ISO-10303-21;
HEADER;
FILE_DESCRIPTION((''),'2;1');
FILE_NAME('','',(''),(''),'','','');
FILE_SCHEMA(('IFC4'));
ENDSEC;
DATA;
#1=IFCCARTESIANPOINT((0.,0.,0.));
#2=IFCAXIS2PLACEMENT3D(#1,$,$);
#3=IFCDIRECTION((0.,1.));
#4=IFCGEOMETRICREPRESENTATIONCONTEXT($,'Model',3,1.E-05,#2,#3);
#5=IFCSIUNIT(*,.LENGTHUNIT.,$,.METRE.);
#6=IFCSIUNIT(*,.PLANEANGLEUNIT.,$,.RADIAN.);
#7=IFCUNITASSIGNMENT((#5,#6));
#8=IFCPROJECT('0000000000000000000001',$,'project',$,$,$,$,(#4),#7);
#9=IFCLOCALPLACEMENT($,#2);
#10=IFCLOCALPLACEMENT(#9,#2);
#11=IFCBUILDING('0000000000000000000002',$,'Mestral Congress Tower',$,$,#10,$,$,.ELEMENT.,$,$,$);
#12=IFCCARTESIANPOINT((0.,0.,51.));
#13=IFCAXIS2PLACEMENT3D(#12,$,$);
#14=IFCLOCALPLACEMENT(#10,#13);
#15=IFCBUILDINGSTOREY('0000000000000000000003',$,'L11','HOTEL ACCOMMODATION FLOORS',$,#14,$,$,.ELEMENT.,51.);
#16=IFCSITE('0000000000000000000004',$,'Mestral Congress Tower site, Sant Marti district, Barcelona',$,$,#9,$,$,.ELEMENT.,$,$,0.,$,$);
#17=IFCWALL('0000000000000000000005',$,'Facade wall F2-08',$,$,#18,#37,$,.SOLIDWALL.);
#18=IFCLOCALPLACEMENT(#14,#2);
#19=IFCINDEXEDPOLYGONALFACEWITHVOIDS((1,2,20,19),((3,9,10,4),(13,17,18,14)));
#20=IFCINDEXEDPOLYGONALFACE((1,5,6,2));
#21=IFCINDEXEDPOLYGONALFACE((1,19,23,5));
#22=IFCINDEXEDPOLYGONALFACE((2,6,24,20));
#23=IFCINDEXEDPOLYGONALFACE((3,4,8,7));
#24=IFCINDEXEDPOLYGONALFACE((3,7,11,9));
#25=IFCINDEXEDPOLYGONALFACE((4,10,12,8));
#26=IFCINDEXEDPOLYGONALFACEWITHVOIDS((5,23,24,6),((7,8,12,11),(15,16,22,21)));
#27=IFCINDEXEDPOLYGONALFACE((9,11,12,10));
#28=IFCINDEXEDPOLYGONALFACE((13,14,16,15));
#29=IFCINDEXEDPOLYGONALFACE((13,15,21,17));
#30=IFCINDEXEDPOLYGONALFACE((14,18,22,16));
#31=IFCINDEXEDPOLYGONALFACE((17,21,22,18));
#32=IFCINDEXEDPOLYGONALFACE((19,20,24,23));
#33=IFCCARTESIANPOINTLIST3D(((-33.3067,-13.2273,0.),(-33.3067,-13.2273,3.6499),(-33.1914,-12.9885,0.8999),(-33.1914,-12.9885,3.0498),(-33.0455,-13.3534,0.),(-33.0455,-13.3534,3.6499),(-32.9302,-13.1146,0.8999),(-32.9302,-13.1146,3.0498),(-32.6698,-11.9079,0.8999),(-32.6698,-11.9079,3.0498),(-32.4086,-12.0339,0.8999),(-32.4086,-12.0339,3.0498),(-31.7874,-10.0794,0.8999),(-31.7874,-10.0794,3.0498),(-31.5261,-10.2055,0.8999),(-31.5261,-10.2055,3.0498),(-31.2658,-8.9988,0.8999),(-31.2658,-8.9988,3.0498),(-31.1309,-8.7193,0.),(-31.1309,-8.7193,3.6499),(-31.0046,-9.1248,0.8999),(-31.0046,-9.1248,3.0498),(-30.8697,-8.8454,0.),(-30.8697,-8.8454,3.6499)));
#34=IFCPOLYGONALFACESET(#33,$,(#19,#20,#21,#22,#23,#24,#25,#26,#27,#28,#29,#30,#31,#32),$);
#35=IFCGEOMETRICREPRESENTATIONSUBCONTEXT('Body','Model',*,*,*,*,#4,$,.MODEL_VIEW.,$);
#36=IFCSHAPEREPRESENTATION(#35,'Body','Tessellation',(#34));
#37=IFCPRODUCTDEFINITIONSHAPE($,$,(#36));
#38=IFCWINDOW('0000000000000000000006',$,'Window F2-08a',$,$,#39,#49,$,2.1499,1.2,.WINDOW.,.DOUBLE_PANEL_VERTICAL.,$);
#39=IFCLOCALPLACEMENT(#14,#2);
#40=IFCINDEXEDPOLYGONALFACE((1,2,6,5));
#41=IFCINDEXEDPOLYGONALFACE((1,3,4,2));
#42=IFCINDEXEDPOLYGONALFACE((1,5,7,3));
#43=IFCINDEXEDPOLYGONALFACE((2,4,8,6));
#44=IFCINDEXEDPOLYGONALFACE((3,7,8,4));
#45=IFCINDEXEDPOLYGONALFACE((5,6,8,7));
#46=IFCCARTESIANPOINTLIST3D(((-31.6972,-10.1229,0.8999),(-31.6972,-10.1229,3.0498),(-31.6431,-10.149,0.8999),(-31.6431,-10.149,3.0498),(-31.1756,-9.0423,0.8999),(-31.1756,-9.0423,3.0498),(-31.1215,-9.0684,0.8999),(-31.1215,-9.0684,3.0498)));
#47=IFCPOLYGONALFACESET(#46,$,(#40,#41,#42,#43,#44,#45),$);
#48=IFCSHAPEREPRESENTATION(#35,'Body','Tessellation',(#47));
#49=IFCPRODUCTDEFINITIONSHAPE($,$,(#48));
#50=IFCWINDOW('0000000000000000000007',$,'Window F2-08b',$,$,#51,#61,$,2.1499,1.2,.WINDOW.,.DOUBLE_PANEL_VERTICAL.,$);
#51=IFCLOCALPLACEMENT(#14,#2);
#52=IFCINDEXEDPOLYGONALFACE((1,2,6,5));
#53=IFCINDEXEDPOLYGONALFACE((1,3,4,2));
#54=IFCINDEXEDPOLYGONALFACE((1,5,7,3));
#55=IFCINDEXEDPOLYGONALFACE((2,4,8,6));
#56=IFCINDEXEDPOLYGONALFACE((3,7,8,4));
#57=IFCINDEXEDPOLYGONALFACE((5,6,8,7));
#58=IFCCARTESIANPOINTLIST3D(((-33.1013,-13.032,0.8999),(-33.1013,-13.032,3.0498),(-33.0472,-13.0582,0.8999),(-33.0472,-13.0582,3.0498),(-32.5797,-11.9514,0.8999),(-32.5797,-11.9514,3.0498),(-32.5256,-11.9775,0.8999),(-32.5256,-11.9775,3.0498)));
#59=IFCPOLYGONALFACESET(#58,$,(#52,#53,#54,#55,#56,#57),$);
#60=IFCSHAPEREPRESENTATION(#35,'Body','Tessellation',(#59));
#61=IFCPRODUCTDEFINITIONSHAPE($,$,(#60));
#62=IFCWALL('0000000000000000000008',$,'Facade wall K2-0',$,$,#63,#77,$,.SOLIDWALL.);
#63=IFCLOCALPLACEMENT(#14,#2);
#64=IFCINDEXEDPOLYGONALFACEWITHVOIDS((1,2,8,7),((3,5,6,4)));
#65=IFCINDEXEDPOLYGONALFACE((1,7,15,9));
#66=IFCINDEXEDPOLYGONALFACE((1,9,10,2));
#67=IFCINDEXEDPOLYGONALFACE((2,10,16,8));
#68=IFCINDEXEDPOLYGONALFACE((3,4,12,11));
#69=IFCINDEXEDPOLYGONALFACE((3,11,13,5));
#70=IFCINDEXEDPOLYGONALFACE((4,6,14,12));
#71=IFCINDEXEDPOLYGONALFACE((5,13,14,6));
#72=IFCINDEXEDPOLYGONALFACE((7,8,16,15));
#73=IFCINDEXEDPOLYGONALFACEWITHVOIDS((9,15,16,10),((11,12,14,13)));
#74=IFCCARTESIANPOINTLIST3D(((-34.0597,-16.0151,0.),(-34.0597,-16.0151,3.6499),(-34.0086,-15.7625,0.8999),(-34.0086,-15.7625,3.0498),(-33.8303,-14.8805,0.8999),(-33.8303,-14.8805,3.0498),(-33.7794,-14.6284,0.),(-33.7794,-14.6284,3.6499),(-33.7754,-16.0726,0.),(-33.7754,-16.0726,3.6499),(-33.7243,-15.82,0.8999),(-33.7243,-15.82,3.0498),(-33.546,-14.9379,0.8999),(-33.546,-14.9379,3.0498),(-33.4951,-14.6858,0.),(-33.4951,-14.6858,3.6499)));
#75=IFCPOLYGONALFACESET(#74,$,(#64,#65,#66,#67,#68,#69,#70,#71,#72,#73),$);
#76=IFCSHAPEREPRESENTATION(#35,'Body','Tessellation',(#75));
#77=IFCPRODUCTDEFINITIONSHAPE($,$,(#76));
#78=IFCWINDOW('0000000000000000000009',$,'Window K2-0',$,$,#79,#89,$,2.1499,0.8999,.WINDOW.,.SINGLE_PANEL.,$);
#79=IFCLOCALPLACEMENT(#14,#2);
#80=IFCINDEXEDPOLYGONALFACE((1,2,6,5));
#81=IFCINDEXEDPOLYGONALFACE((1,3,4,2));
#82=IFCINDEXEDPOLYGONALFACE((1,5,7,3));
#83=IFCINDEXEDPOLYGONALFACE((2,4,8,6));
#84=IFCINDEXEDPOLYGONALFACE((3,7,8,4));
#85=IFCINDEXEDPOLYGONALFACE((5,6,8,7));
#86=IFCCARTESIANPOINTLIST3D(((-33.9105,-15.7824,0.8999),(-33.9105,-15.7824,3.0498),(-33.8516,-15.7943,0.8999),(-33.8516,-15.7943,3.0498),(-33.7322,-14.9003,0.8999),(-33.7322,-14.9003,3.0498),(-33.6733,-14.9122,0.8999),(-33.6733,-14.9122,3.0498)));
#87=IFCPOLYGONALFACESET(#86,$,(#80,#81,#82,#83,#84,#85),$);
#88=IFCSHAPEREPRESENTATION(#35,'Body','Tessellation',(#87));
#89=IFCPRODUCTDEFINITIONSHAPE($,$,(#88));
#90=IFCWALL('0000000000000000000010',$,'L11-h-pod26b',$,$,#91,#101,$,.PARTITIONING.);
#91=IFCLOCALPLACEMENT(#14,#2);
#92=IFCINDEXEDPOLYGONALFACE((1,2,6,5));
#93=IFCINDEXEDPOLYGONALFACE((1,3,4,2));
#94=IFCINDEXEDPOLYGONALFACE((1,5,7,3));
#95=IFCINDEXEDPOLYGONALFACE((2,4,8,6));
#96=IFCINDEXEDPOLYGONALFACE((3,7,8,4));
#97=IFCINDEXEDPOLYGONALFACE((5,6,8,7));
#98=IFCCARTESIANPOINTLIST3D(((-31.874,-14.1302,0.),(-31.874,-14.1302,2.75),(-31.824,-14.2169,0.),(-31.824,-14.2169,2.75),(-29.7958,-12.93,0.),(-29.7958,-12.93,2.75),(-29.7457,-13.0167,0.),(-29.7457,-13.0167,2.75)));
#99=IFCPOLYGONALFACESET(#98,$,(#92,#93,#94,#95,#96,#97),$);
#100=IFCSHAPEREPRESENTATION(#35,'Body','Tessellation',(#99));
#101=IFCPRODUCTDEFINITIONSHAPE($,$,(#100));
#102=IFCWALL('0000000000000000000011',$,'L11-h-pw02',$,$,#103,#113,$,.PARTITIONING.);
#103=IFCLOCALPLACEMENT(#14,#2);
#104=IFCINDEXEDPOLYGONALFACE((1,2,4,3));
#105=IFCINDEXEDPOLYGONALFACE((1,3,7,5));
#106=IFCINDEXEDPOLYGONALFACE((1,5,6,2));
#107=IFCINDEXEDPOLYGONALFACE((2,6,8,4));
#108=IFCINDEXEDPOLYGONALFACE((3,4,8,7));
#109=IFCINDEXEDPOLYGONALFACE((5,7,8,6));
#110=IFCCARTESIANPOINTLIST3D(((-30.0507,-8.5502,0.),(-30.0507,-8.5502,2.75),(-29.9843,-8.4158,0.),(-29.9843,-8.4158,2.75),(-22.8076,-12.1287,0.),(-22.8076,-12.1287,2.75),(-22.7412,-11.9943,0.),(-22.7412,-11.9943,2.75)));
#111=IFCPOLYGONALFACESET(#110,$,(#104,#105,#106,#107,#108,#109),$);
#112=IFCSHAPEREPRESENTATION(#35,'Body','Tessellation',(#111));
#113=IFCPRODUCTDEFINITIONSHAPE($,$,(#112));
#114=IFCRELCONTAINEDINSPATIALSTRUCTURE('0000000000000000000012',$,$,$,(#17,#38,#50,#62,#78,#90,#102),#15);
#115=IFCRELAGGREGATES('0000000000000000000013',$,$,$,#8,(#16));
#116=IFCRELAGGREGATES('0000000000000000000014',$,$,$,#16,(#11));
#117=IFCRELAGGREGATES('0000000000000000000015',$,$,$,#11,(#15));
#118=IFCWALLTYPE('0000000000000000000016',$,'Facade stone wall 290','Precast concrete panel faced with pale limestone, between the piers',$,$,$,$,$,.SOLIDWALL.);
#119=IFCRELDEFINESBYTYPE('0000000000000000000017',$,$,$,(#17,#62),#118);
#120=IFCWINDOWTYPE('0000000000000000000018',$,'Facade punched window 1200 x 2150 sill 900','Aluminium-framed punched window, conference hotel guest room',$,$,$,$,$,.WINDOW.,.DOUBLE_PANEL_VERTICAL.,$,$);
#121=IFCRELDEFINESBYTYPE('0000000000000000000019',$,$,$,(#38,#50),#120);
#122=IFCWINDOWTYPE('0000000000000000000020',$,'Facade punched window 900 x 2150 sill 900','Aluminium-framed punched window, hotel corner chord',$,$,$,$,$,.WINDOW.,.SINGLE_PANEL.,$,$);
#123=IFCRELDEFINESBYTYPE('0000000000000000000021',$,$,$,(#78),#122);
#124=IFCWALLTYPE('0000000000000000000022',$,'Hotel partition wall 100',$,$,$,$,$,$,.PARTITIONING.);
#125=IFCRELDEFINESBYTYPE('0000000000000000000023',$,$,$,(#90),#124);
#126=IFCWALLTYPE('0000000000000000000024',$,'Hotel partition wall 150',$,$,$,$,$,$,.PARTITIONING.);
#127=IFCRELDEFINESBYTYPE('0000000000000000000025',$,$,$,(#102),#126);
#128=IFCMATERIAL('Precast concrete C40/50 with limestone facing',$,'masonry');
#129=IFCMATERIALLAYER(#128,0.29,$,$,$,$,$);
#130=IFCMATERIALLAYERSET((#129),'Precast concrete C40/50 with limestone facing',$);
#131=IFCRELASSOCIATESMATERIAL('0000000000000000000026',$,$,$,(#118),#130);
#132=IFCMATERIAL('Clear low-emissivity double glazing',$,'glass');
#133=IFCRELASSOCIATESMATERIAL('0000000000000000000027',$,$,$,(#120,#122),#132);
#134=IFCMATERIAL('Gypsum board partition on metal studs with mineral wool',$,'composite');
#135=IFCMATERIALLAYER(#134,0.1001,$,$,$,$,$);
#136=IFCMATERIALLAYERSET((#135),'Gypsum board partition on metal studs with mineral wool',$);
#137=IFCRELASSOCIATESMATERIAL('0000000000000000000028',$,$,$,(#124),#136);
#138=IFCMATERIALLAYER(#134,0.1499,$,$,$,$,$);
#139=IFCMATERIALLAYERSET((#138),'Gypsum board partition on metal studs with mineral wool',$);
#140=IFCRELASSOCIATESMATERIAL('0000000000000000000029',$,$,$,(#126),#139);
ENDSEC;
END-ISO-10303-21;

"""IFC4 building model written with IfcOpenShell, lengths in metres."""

from ifc_helpers import new_model, si_unit, direction, frame, frame_2d, origin, place, context, subcontext, project, spatial, rectangle, extrude, material, layer, layer_set, type_object, element, fill, save


model = new_model("IFC4")

# Units and contexts
model_context = context("Model", 3, precision=1e-05, world=origin(), true_north=direction((0.0, 1.0)))
body_context = subcontext(model_context, "Body", "Model", "MODEL_VIEW")
ifc_project = project(units=[si_unit("LENGTHUNIT", "METRE"), si_unit("PLANEANGLEUNIT", "RADIAN")], contexts=[model_context])

# Site, building, storey
site_placement = place(None, origin())
site = spatial("IfcSite", under=ifc_project, at=site_placement, Name="Mestral Congress Tower site, Sant Marti district, Barcelona", CompositionType="ELEMENT", RefElevation=0.0)
building_placement = place(site_placement, origin())
building = spatial("IfcBuilding", under=site, at=building_placement, Name="Mestral Congress Tower", CompositionType="ELEMENT")
storey_placement = place(building_placement, frame((0.0, 0.0, 51.0)))
storey = spatial("IfcBuildingStorey", under=building, at=storey_placement, Name="L11", Description="HOTEL ACCOMMODATION FLOORS", CompositionType="ELEMENT", Elevation=51.0)

# Wall, openings, windows
ifc_material_1 = material(Name="Precast concrete C40/50 with limestone facing", Category="masonry")
ifc_layer_1 = layer(ifc_material_1, 0.29)
ifc_layer_set_1 = layer_set([ifc_layer_1], Name="Precast concrete C40/50 with limestone facing")
wall_type_1 = type_object("IfcWallType", Name="Facade stone wall 290", Description="Precast concrete panel faced with pale limestone, between the piers", PredefinedType="SOLIDWALL", material=ifc_layer_set_1)
wall_1_placement = place(storey_placement, frame((-31.0002, -8.7822, 0.0), z_axis=(0.0, 0.0, 1.0), x_axis=(-0.434664, -0.900592, 0.0)))
wall_1 = element("IfcWall", 1, at=wall_1_placement, inside=storey, type_object=wall_type_1, Name="Facade wall F2-08", PredefinedType="SOLIDWALL", context=body_context, shape_type="SweptSolid", body=[
    extrude(rectangle(XDim=5.0056, YDim=0.29, at=frame_2d((2.5029, 0.0))), origin(), (0.0, 0.0, 1.0), 3.6499),
])
opening_1_placement = place(wall_1_placement, frame((0.3103, 0.0, 0.8999)))
opening_1 = element("IfcOpeningElement", 2, at=opening_1_placement, cuts=wall_1, PredefinedType="OPENING", context=body_context, shape_type="SweptSolid", body=[
    extrude(rectangle(XDim=1.2, YDim=2.1499, at=frame_2d((0.6001, 1.075))), frame((0.0, 0.155, 0.0), z_axis=(0.0, -1.0, 0.0), x_axis=(1.0, 0.0, 0.0)), (0.0, 0.0, 1.0), 0.3101),
])
opening_2_placement = place(wall_1_placement, frame((3.5405, 0.0, 0.8999)))
opening_2 = element("IfcOpeningElement", 3, at=opening_2_placement, cuts=wall_1, PredefinedType="OPENING", context=body_context, shape_type="SweptSolid", body=[
    extrude(rectangle(XDim=1.2, YDim=2.1499, at=frame_2d((0.6001, 1.075))), frame((0.0, 0.155, 0.0), z_axis=(0.0, -1.0, 0.0), x_axis=(1.0, 0.0, 0.0)), (0.0, 0.0, 1.0), 0.3101),
])
ifc_material_2 = material(Name="Clear low-emissivity double glazing", Category="glass")
window_type_1 = type_object("IfcWindowType", Name="Facade punched window 1200 x 2150 sill 900", Description="Aluminium-framed punched window, conference hotel guest room", PartitioningType="DOUBLE_PANEL_VERTICAL", PredefinedType="WINDOW", material=ifc_material_2)
window_1_placement = place(opening_1_placement, origin())
window_1 = element("IfcWindow", 4, at=window_1_placement, inside=storey, type_object=window_type_1, Name="Window F2-08a", OverallHeight=2.1499, OverallWidth=1.2, PartitioningType="DOUBLE_PANEL_VERTICAL", PredefinedType="WINDOW", context=body_context, shape_type="SweptSolid", body=[
    extrude(rectangle(XDim=1.2, YDim=2.1499, at=frame_2d((0.6001, 1.075))), frame((0.0, 0.0151, 0.0), z_axis=(0.0, -1.0, 0.0), x_axis=(1.0, 0.0, 0.0)), (0.0, 0.0, 1.0), 0.0601),
])
fill(opening_1, window_1)
window_2_placement = place(opening_2_placement, origin())
window_2 = element("IfcWindow", 5, at=window_2_placement, inside=storey, type_object=window_type_1, Name="Window F2-08b", OverallHeight=2.1499, OverallWidth=1.2, PartitioningType="DOUBLE_PANEL_VERTICAL", PredefinedType="WINDOW", context=body_context, shape_type="SweptSolid", body=[
    extrude(rectangle(XDim=1.2, YDim=2.1499, at=frame_2d((0.6001, 1.075))), frame((0.0, 0.0151, 0.0), z_axis=(0.0, -1.0, 0.0), x_axis=(1.0, 0.0, 0.0)), (0.0, 0.0, 1.0), 0.0601),
])
fill(opening_2, window_2)

# Wall, opening, window
wall_2_placement = place(storey_placement, frame((-33.6372, -14.657, 0.0), z_axis=(0.0, 0.0, 1.0), x_axis=(-0.198107, -0.98018, 0.0)))
wall_2 = element("IfcWall", 6, at=wall_2_placement, inside=storey, type_object=wall_type_1, Name="Facade wall K2-0", PredefinedType="SOLIDWALL", context=body_context, shape_type="SweptSolid", body=[
    extrude(rectangle(XDim=1.4148, YDim=0.29, at=frame_2d((0.7075, 0.0))), origin(), (0.0, 0.0, 1.0), 3.6499),
])
opening_3_placement = place(wall_2_placement, frame((0.2573, 0.0, 0.8999)))
opening_3 = element("IfcOpeningElement", 7, at=opening_3_placement, cuts=wall_2, PredefinedType="OPENING", context=body_context, shape_type="SweptSolid", body=[
    extrude(rectangle(XDim=0.8999, YDim=2.1499, at=frame_2d((0.45, 1.075))), frame((0.0, 0.155, 0.0), z_axis=(0.0, -1.0, 0.0), x_axis=(1.0, 0.0, 0.0)), (0.0, 0.0, 1.0), 0.3101),
])
window_type_2 = type_object("IfcWindowType", Name="Facade punched window 900 x 2150 sill 900", Description="Aluminium-framed punched window, hotel corner chord", PartitioningType="SINGLE_PANEL", PredefinedType="WINDOW", material=ifc_material_2)
window_3_placement = place(opening_3_placement, origin())
window_3 = element("IfcWindow", 8, at=window_3_placement, inside=storey, type_object=window_type_2, Name="Window K2-0", OverallHeight=2.1499, OverallWidth=0.8999, PartitioningType="SINGLE_PANEL", PredefinedType="WINDOW", context=body_context, shape_type="SweptSolid", body=[
    extrude(rectangle(XDim=0.8999, YDim=2.1499, at=frame_2d((0.45, 1.075))), frame((0.0, 0.0151, 0.0), z_axis=(0.0, -1.0, 0.0), x_axis=(1.0, 0.0, 0.0)), (0.0, 0.0, 1.0), 0.0601),
])
fill(opening_3, window_3)

# Walls
ifc_material_3 = material(Name="Gypsum board partition on metal studs with mineral wool", Category="composite")
ifc_layer_2 = layer(ifc_material_3, 0.1001)
ifc_layer_set_2 = layer_set([ifc_layer_2], Name="Gypsum board partition on metal studs with mineral wool")
wall_type_2 = type_object("IfcWallType", Name="Hotel partition wall 100", PredefinedType="PARTITIONING", material=ifc_layer_set_2)
wall_3_placement = place(storey_placement, frame((-29.7708, -12.9734, 0.0), z_axis=(0.0, 0.0, 1.0), x_axis=(-0.865981, -0.500078, 0.0)))
element("IfcWall", 9, at=wall_3_placement, inside=storey, type_object=wall_type_2, Name="L11-h-pod26b", PredefinedType="PARTITIONING", context=body_context, shape_type="SweptSolid", body=[
    extrude(rectangle(XDim=2.3999, YDim=0.1001, at=frame_2d((1.2, 0.0))), origin(), (0.0, 0.0, 1.0), 2.75),
])
ifc_layer_3 = layer(ifc_material_3, 0.1499)
ifc_layer_set_3 = layer_set([ifc_layer_3], Name="Gypsum board partition on metal studs with mineral wool")
wall_type_3 = type_object("IfcWallType", Name="Hotel partition wall 150", PredefinedType="PARTITIONING", material=ifc_layer_set_3)
wall_4_placement = place(storey_placement, frame((-30.0176, -8.4829, 0.0), z_axis=(0.0, 0.0, 1.0), x_axis=(0.896545, -0.442954, 0.0)))
element("IfcWall", 10, at=wall_4_placement, inside=storey, type_object=wall_type_3, Name="L11-h-pw02", PredefinedType="PARTITIONING", context=body_context, shape_type="SweptSolid", body=[
    extrude(rectangle(XDim=8.0789, YDim=0.1499, at=frame_2d((4.0396, 0.0))), origin(), (0.0, 0.0, 1.0), 2.75),
])

save(model, "model.ifc")
